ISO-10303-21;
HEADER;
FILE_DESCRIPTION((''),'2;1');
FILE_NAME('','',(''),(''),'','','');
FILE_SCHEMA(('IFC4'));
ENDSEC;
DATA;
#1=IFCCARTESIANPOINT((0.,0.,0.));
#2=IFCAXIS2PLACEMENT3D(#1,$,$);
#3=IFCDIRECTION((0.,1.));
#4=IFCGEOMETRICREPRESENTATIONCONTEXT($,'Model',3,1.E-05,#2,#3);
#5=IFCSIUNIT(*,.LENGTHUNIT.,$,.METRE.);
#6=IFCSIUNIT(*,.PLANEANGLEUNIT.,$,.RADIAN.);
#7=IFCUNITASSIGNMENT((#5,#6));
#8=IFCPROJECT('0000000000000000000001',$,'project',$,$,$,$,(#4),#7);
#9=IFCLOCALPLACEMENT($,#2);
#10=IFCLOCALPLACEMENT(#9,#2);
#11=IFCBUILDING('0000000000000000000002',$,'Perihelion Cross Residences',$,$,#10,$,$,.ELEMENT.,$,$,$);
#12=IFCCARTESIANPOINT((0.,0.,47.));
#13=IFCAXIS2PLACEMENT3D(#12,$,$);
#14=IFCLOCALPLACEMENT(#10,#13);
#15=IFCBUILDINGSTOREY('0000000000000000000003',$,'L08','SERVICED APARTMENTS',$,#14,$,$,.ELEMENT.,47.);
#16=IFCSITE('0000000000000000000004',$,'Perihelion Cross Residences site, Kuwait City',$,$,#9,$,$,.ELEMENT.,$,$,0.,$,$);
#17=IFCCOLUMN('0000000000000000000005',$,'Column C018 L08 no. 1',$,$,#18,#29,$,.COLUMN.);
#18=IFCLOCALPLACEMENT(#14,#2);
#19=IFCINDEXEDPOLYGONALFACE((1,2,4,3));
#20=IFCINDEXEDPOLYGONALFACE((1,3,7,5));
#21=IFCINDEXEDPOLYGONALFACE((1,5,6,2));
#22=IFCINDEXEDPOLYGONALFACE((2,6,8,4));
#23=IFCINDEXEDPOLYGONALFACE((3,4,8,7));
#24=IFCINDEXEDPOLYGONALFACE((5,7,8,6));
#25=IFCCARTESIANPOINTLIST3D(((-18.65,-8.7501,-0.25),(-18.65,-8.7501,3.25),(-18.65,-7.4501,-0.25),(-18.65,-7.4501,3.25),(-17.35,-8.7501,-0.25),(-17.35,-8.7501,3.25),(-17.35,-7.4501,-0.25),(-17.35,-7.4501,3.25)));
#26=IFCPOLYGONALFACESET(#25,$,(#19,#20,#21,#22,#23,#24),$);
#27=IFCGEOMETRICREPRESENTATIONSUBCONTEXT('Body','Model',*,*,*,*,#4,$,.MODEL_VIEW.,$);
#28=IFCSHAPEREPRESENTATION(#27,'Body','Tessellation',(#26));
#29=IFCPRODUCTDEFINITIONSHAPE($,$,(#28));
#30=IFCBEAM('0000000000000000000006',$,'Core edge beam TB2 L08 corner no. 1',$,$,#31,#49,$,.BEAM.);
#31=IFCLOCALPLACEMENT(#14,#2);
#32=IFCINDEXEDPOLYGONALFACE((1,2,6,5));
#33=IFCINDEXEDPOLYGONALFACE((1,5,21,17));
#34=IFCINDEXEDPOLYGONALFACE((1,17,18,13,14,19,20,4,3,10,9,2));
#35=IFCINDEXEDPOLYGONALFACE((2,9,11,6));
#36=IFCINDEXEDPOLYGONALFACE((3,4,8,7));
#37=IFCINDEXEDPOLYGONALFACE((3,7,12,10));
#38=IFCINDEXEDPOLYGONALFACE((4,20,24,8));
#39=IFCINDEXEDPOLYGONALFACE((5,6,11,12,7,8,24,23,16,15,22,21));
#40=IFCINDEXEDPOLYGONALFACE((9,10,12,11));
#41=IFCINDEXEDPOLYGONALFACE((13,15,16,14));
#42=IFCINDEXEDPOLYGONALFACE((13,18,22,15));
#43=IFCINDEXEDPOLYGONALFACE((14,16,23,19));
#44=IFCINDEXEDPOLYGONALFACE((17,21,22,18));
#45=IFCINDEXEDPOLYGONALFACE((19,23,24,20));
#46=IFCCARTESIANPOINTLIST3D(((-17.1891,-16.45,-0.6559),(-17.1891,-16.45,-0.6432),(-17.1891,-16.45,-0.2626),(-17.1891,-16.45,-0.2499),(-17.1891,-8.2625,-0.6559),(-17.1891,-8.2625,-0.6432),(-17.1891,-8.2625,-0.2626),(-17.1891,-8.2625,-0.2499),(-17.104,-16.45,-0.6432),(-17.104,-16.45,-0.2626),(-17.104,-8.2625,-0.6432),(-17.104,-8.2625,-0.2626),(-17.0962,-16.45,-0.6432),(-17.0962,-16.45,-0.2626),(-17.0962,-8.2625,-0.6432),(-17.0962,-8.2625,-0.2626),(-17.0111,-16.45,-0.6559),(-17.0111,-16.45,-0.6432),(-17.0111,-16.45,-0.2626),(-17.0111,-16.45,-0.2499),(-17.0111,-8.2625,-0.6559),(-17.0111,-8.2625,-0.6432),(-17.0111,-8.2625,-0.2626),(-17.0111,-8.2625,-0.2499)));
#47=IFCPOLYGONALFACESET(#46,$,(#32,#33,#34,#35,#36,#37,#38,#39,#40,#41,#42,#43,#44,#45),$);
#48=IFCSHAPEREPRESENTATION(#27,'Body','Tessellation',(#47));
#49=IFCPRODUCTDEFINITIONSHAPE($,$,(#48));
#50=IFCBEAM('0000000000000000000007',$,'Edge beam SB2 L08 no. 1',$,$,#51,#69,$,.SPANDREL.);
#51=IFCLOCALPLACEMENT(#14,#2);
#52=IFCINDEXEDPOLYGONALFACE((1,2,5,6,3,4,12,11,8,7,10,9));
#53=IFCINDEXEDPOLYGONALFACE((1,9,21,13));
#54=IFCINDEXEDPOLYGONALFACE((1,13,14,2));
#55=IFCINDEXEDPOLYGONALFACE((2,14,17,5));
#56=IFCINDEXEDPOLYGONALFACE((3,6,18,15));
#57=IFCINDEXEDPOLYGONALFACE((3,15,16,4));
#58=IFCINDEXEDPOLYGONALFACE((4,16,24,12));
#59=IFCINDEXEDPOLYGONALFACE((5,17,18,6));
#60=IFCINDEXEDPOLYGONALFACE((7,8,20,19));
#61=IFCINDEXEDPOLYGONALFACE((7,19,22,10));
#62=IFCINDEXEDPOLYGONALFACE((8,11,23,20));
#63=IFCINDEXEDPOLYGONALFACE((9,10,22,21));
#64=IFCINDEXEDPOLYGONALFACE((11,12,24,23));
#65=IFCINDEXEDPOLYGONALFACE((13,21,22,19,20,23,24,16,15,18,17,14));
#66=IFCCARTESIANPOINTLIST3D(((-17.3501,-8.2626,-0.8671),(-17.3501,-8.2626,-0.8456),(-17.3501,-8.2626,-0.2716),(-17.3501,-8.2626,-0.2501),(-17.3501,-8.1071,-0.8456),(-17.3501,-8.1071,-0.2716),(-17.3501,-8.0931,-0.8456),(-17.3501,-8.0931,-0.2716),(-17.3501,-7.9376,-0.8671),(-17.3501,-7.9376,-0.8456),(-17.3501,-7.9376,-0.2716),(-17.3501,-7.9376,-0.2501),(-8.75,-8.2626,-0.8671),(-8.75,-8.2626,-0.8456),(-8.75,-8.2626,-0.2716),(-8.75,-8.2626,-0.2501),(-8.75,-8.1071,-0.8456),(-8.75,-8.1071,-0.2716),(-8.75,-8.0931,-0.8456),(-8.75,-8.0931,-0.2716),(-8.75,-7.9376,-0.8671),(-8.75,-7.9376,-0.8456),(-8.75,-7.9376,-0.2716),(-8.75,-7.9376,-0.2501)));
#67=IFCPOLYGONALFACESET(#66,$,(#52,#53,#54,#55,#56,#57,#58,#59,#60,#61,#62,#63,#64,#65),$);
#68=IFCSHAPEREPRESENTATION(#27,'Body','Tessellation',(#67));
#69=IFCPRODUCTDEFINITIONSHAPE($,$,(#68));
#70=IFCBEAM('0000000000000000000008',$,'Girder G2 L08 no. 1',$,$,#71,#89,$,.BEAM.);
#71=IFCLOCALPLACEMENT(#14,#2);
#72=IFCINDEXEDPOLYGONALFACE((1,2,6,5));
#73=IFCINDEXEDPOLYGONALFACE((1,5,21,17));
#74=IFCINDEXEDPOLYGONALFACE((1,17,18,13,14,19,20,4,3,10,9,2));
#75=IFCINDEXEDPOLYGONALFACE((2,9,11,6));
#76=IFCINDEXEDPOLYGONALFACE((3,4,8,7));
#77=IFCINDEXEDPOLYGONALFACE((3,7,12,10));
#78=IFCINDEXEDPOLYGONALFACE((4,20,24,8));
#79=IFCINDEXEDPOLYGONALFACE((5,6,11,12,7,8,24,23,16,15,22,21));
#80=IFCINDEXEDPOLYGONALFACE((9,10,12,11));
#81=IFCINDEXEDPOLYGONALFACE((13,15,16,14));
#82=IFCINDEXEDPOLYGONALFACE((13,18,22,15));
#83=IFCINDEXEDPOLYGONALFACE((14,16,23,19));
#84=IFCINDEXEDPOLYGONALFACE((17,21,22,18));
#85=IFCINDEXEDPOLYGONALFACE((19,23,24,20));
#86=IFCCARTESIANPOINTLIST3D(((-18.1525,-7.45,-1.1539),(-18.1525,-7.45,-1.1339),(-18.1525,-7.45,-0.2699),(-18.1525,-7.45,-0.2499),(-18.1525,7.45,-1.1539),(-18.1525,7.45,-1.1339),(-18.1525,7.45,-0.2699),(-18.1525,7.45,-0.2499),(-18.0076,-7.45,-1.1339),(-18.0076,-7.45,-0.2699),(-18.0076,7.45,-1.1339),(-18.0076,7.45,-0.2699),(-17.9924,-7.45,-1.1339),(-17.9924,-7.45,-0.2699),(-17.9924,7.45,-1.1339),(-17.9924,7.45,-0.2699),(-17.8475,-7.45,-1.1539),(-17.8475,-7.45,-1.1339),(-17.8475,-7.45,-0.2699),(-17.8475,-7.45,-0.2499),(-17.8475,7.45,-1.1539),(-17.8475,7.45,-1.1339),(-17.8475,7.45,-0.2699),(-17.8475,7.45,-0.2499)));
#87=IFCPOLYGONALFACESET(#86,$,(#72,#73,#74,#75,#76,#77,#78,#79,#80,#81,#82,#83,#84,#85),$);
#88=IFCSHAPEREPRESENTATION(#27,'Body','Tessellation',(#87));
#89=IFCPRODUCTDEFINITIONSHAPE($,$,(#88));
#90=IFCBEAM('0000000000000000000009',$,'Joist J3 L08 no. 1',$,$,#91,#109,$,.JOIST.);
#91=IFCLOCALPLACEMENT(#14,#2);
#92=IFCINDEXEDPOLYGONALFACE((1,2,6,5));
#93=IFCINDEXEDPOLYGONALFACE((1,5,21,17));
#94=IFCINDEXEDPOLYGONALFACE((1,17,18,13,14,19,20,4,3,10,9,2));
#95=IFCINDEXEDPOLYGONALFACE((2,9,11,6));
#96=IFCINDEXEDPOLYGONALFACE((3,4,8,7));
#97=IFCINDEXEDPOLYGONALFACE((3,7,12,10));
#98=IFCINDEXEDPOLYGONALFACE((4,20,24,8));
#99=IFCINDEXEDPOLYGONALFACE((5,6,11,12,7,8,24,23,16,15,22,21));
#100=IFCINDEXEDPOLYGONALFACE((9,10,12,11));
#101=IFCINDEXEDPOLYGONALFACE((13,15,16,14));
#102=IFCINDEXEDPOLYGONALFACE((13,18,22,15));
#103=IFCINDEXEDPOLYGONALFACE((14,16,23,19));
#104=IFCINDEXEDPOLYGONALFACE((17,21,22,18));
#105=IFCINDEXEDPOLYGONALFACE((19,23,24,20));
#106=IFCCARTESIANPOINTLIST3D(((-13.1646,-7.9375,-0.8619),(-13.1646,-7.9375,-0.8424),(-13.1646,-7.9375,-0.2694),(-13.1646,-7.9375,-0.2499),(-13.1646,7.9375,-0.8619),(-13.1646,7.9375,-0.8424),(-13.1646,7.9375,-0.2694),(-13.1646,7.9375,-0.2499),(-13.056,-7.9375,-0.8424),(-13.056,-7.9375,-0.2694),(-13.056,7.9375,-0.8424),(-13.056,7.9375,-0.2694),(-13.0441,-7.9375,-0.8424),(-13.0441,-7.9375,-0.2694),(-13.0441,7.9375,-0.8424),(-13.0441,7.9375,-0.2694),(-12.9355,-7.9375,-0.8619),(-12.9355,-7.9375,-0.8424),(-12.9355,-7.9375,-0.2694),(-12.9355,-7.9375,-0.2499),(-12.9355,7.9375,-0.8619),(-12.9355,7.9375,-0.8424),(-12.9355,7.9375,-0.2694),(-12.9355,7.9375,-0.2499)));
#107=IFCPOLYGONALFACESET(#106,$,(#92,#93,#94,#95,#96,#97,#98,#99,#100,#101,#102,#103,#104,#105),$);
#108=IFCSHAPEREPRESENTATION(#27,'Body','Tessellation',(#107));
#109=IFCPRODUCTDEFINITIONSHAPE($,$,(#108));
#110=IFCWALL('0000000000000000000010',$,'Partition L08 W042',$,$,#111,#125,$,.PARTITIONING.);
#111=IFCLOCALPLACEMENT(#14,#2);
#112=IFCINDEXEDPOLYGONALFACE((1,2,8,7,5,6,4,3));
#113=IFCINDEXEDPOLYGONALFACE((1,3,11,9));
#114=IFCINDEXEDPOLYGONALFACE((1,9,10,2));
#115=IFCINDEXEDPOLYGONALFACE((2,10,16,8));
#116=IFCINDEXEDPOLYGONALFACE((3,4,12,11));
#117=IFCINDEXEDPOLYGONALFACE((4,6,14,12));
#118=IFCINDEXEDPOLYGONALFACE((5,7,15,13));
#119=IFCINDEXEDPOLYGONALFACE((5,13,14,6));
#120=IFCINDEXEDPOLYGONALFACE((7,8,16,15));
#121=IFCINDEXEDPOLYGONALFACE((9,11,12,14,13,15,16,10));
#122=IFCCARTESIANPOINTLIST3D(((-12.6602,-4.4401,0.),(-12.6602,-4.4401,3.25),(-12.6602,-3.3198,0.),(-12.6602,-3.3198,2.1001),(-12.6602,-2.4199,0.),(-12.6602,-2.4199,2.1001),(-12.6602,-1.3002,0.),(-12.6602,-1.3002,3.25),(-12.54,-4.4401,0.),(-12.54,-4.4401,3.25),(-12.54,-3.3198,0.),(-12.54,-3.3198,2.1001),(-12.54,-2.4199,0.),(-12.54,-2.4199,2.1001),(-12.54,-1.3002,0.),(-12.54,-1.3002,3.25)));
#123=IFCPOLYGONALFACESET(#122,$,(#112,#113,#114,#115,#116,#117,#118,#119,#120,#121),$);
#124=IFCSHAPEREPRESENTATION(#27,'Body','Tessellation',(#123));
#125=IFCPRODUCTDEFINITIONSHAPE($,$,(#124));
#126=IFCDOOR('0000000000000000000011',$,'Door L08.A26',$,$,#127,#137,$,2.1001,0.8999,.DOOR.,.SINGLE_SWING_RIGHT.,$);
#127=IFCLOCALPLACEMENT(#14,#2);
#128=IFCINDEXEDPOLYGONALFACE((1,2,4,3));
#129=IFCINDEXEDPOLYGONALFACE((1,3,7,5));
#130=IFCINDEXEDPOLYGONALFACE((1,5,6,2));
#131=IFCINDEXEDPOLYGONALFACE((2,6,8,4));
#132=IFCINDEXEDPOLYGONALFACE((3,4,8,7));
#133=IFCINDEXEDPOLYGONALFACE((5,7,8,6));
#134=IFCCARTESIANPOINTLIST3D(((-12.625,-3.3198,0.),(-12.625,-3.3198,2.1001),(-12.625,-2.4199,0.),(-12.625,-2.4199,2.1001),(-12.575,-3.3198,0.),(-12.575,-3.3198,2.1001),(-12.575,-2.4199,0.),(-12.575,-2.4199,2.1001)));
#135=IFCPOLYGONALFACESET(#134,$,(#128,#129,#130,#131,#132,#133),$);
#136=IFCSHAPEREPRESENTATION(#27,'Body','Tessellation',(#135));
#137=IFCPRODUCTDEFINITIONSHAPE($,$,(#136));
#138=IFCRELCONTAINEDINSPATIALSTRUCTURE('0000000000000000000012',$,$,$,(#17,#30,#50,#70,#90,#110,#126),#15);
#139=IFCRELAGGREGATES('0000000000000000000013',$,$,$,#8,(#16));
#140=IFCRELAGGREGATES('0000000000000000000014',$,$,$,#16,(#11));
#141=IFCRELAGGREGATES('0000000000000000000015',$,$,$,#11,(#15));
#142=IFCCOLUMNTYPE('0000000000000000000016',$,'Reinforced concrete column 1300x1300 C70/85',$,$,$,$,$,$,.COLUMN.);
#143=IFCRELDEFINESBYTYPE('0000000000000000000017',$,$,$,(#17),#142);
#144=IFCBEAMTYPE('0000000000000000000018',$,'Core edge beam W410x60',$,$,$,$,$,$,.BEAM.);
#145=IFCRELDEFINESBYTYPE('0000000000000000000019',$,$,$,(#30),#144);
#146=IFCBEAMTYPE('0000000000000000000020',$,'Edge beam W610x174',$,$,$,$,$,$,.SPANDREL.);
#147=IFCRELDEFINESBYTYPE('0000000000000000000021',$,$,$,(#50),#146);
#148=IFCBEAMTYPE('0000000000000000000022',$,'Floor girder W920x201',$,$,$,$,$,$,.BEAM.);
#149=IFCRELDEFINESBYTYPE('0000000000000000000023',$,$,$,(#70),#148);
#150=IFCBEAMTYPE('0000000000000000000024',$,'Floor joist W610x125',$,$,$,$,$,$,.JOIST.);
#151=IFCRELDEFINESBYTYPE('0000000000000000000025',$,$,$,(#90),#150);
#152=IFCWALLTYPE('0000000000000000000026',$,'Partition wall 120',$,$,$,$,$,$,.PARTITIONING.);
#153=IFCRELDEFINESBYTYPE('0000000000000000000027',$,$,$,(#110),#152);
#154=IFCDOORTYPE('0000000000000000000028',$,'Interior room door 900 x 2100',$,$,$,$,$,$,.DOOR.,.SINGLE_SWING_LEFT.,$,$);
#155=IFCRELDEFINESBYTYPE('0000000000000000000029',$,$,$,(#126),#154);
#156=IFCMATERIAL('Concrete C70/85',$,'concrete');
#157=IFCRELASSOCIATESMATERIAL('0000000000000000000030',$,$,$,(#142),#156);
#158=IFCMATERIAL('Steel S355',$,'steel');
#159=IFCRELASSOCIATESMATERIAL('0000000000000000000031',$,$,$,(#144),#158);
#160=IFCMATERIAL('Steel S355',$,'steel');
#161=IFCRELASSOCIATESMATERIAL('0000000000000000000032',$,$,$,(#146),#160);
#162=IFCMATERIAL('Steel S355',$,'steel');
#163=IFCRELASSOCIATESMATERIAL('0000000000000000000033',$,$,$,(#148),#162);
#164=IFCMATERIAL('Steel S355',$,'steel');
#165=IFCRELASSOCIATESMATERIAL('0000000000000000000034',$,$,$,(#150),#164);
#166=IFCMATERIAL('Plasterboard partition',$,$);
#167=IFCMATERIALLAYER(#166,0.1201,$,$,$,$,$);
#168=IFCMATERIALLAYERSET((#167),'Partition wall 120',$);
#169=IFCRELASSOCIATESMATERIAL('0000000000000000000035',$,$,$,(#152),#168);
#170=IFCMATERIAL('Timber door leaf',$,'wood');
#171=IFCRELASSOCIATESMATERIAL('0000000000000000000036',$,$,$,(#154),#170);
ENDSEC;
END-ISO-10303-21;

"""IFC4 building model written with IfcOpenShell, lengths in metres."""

from ifc_helpers import new_model, si_unit, direction, frame, frame_2d, origin, origin_2d, place, context, subcontext, project, spatial, rectangle, i_section, extrude, material, layer, layer_set, material_profile, profile_set, type_object, element, fill, save


model = new_model("IFC4")

# Units and contexts
model_context = context("Model", 3, precision=1e-05, world=origin(), true_north=direction((0.0, 1.0)))
body_context = subcontext(model_context, "Body", "Model", "MODEL_VIEW")
ifc_project = project(units=[si_unit("LENGTHUNIT", "METRE"), si_unit("PLANEANGLEUNIT", "RADIAN")], contexts=[model_context])

# Site, building, storey
site_placement = place(None, origin())
site = spatial("IfcSite", under=ifc_project, at=site_placement, Name="Perihelion Cross Residences site, Kuwait City", CompositionType="ELEMENT", RefElevation=0.0)
building_placement = place(site_placement, origin())
building = spatial("IfcBuilding", under=site, at=building_placement, Name="Perihelion Cross Residences", CompositionType="ELEMENT")
storey_placement = place(building_placement, frame((0.0, 0.0, 47.0)))
storey = spatial("IfcBuildingStorey", under=building, at=storey_placement, Name="L08", Description="SERVICED APARTMENTS", CompositionType="ELEMENT", Elevation=47.0)

# Column
ifc_material_1 = material(Name="Concrete C70/85", Category="concrete")
ifc_material_profile_1 = material_profile(ifc_material_1, rectangle(XDim=1.3, YDim=1.3, at=origin_2d()), Name="RC 1300x1300")
ifc_profile_set_1 = profile_set([ifc_material_profile_1], Name="Concrete C70/85")
column_type = type_object("IfcColumnType", Name="Reinforced concrete column 1300x1300 C70/85", PredefinedType="COLUMN", material=ifc_profile_set_1)
column_placement = place(storey_placement, frame((-18.0, -8.1001, -0.25), z_axis=(0.0, 0.0, 1.0), x_axis=(1.0, 0.0, 0.0)))
element("IfcColumn", 1, at=column_placement, inside=storey, type_object=column_type, Name="Column C018 L08 no. 1", PredefinedType="COLUMN", context=body_context, shape_type="SweptSolid", body=[
    extrude(rectangle(XDim=1.3, YDim=1.3, at=origin_2d()), origin(), (0.0, 0.0, 1.0), 3.5),
])

# Beams
ifc_material_2 = material(Name="Steel S355", Category="steel")
ifc_material_profile_2 = material_profile(ifc_material_2, i_section(OverallWidth=0.178, OverallDepth=0.406, WebThickness=0.0078, FlangeThickness=0.0127, at=origin_2d()), Name="W410x60")
ifc_profile_set_2 = profile_set([ifc_material_profile_2], Name="Steel S355")
beam_type_1 = type_object("IfcBeamType", Name="Core edge beam W410x60", PredefinedType="BEAM", material=ifc_profile_set_2)
beam_1_placement = place(storey_placement, frame((-17.1001, -8.2625, -0.4529), z_axis=(0.0, -1.0, 0.0), x_axis=(1.0, 0.0, 0.0)))
element("IfcBeam", 2, at=beam_1_placement, inside=storey, type_object=beam_type_1, Name="Core edge beam TB2 L08 corner no. 1", PredefinedType="BEAM", context=body_context, shape_type="SweptSolid", body=[
    extrude(i_section(OverallWidth=0.178, OverallDepth=0.406, WebThickness=0.0078, FlangeThickness=0.0127, at=origin_2d()), origin(), (0.0, 0.0, 1.0), 8.1875),
])
ifc_material_3 = material(Name="Steel S355", Category="steel")
ifc_material_profile_3 = material_profile(ifc_material_3, i_section(OverallWidth=0.325, OverallDepth=0.6169, WebThickness=0.0139, FlangeThickness=0.0215, at=origin_2d()), Name="W610x174")
ifc_profile_set_3 = profile_set([ifc_material_profile_3], Name="Steel S355")
beam_type_2 = type_object("IfcBeamType", Name="Edge beam W610x174", PredefinedType="SPANDREL", material=ifc_profile_set_3)
beam_2_placement = place(storey_placement, frame((-17.3501, -8.1001, -0.5586), z_axis=(1.0, 0.0, 0.0), x_axis=(0.0, 1.0, 0.0)))
element("IfcBeam", 3, at=beam_2_placement, inside=storey, type_object=beam_type_2, Name="Edge beam SB2 L08 no. 1", PredefinedType="SPANDREL", context=body_context, shape_type="SweptSolid", body=[
    extrude(i_section(OverallWidth=0.325, OverallDepth=0.6169, WebThickness=0.0139, FlangeThickness=0.0215, at=origin_2d()), origin(), (0.0, 0.0, 1.0), 8.6001),
])
ifc_material_4 = material(Name="Steel S355", Category="steel")
ifc_material_profile_4 = material_profile(ifc_material_4, i_section(OverallWidth=0.3049, OverallDepth=0.9041, WebThickness=0.0151, FlangeThickness=0.02, at=origin_2d()), Name="W920x201")
ifc_profile_set_4 = profile_set([ifc_material_profile_4], Name="Steel S355")
beam_type_3 = type_object("IfcBeamType", Name="Floor girder W920x201", PredefinedType="BEAM", material=ifc_profile_set_4)
beam_3_placement = place(storey_placement, frame((-18.0, -7.45, -0.7019), z_axis=(0.0, 1.0, 0.0), x_axis=(-1.0, 0.0, 0.0)))
element("IfcBeam", 4, at=beam_3_placement, inside=storey, type_object=beam_type_3, Name="Girder G2 L08 no. 1", PredefinedType="BEAM", context=body_context, shape_type="SweptSolid", body=[
    extrude(i_section(OverallWidth=0.3049, OverallDepth=0.9041, WebThickness=0.0151, FlangeThickness=0.02, at=origin_2d()), origin(), (0.0, 0.0, 1.0), 14.8999),
])
ifc_material_5 = material(Name="Steel S355", Category="steel")
ifc_material_profile_5 = material_profile(ifc_material_5, i_section(OverallWidth=0.229, OverallDepth=0.6121, WebThickness=0.012, FlangeThickness=0.0195, at=origin_2d()), Name="W610x125")
ifc_profile_set_5 = profile_set([ifc_material_profile_5], Name="Steel S355")
beam_type_4 = type_object("IfcBeamType", Name="Floor joist W610x125", PredefinedType="JOIST", material=ifc_profile_set_5)
beam_4_placement = place(storey_placement, frame((-13.05, -7.9375, -0.5559), z_axis=(0.0, 1.0, 0.0), x_axis=(-1.0, 0.0, 0.0)))
element("IfcBeam", 5, at=beam_4_placement, inside=storey, type_object=beam_type_4, Name="Joist J3 L08 no. 1", PredefinedType="JOIST", context=body_context, shape_type="SweptSolid", body=[
    extrude(i_section(OverallWidth=0.229, OverallDepth=0.6121, WebThickness=0.012, FlangeThickness=0.0195, at=origin_2d()), origin(), (0.0, 0.0, 1.0), 15.875),
])

# Wall, opening, door
ifc_material_6 = material(Name="Plasterboard partition")
ifc_layer_1 = layer(ifc_material_6, 0.1201)
ifc_layer_set_1 = layer_set([ifc_layer_1], Name="Partition wall 120")
wall_type_1 = type_object("IfcWallType", Name="Partition wall 120", PredefinedType="PARTITIONING", material=ifc_layer_set_1)
wall_1_placement = place(storey_placement, frame((-12.6001, -4.4399, 0.0), z_axis=(0.0, 0.0, 1.0), x_axis=(0.0, 1.0, 0.0)))
wall_1 = element("IfcWall", 6, at=wall_1_placement, inside=storey, type_object=wall_type_1, Name="Partition L08 W042", PredefinedType="PARTITIONING", context=body_context, shape_type="SweptSolid", body=[
    extrude(rectangle(XDim=3.1399, YDim=0.1201, at=frame_2d((1.5698, 0.0))), origin(), (0.0, 0.0, 1.0), 3.25),
])
opening_1_placement = place(wall_1_placement, frame((1.1201, 0.0, 0.0)))
opening_1 = element("IfcOpeningElement", 7, at=opening_1_placement, cuts=wall_1, PredefinedType="OPENING", context=body_context, shape_type="SweptSolid", body=[
    extrude(rectangle(XDim=0.8999, YDim=2.1001, at=frame_2d((0.45, 1.05))), frame((0.0, 0.0701, 0.0), z_axis=(0.0, -1.0, 0.0), x_axis=(1.0, 0.0, 0.0)), (0.0, 0.0, 1.0), 0.1401),
])
ifc_material_7 = material(Name="Timber door leaf", Category="wood")
door_type_1 = type_object("IfcDoorType", Name="Interior room door 900 x 2100", OperationType="SINGLE_SWING_LEFT", PredefinedType="DOOR", material=ifc_material_7)
door_1_placement = place(opening_1_placement, origin())
door_1 = element("IfcDoor", 8, at=door_1_placement, inside=storey, type_object=door_type_1, Name="Door L08.A26", OperationType="SINGLE_SWING_RIGHT", OverallHeight=2.1001, OverallWidth=0.8999, PredefinedType="DOOR", context=body_context, shape_type="SweptSolid", body=[
    extrude(rectangle(XDim=0.8999, YDim=2.1001, at=frame_2d((0.45, 1.05))), frame((0.0, 0.0249, 0.0), z_axis=(0.0, -1.0, 0.0), x_axis=(1.0, 0.0, 0.0)), (0.0, 0.0, 1.0), 0.05),
])
fill(opening_1, door_1)

save(model, "model.ifc")
